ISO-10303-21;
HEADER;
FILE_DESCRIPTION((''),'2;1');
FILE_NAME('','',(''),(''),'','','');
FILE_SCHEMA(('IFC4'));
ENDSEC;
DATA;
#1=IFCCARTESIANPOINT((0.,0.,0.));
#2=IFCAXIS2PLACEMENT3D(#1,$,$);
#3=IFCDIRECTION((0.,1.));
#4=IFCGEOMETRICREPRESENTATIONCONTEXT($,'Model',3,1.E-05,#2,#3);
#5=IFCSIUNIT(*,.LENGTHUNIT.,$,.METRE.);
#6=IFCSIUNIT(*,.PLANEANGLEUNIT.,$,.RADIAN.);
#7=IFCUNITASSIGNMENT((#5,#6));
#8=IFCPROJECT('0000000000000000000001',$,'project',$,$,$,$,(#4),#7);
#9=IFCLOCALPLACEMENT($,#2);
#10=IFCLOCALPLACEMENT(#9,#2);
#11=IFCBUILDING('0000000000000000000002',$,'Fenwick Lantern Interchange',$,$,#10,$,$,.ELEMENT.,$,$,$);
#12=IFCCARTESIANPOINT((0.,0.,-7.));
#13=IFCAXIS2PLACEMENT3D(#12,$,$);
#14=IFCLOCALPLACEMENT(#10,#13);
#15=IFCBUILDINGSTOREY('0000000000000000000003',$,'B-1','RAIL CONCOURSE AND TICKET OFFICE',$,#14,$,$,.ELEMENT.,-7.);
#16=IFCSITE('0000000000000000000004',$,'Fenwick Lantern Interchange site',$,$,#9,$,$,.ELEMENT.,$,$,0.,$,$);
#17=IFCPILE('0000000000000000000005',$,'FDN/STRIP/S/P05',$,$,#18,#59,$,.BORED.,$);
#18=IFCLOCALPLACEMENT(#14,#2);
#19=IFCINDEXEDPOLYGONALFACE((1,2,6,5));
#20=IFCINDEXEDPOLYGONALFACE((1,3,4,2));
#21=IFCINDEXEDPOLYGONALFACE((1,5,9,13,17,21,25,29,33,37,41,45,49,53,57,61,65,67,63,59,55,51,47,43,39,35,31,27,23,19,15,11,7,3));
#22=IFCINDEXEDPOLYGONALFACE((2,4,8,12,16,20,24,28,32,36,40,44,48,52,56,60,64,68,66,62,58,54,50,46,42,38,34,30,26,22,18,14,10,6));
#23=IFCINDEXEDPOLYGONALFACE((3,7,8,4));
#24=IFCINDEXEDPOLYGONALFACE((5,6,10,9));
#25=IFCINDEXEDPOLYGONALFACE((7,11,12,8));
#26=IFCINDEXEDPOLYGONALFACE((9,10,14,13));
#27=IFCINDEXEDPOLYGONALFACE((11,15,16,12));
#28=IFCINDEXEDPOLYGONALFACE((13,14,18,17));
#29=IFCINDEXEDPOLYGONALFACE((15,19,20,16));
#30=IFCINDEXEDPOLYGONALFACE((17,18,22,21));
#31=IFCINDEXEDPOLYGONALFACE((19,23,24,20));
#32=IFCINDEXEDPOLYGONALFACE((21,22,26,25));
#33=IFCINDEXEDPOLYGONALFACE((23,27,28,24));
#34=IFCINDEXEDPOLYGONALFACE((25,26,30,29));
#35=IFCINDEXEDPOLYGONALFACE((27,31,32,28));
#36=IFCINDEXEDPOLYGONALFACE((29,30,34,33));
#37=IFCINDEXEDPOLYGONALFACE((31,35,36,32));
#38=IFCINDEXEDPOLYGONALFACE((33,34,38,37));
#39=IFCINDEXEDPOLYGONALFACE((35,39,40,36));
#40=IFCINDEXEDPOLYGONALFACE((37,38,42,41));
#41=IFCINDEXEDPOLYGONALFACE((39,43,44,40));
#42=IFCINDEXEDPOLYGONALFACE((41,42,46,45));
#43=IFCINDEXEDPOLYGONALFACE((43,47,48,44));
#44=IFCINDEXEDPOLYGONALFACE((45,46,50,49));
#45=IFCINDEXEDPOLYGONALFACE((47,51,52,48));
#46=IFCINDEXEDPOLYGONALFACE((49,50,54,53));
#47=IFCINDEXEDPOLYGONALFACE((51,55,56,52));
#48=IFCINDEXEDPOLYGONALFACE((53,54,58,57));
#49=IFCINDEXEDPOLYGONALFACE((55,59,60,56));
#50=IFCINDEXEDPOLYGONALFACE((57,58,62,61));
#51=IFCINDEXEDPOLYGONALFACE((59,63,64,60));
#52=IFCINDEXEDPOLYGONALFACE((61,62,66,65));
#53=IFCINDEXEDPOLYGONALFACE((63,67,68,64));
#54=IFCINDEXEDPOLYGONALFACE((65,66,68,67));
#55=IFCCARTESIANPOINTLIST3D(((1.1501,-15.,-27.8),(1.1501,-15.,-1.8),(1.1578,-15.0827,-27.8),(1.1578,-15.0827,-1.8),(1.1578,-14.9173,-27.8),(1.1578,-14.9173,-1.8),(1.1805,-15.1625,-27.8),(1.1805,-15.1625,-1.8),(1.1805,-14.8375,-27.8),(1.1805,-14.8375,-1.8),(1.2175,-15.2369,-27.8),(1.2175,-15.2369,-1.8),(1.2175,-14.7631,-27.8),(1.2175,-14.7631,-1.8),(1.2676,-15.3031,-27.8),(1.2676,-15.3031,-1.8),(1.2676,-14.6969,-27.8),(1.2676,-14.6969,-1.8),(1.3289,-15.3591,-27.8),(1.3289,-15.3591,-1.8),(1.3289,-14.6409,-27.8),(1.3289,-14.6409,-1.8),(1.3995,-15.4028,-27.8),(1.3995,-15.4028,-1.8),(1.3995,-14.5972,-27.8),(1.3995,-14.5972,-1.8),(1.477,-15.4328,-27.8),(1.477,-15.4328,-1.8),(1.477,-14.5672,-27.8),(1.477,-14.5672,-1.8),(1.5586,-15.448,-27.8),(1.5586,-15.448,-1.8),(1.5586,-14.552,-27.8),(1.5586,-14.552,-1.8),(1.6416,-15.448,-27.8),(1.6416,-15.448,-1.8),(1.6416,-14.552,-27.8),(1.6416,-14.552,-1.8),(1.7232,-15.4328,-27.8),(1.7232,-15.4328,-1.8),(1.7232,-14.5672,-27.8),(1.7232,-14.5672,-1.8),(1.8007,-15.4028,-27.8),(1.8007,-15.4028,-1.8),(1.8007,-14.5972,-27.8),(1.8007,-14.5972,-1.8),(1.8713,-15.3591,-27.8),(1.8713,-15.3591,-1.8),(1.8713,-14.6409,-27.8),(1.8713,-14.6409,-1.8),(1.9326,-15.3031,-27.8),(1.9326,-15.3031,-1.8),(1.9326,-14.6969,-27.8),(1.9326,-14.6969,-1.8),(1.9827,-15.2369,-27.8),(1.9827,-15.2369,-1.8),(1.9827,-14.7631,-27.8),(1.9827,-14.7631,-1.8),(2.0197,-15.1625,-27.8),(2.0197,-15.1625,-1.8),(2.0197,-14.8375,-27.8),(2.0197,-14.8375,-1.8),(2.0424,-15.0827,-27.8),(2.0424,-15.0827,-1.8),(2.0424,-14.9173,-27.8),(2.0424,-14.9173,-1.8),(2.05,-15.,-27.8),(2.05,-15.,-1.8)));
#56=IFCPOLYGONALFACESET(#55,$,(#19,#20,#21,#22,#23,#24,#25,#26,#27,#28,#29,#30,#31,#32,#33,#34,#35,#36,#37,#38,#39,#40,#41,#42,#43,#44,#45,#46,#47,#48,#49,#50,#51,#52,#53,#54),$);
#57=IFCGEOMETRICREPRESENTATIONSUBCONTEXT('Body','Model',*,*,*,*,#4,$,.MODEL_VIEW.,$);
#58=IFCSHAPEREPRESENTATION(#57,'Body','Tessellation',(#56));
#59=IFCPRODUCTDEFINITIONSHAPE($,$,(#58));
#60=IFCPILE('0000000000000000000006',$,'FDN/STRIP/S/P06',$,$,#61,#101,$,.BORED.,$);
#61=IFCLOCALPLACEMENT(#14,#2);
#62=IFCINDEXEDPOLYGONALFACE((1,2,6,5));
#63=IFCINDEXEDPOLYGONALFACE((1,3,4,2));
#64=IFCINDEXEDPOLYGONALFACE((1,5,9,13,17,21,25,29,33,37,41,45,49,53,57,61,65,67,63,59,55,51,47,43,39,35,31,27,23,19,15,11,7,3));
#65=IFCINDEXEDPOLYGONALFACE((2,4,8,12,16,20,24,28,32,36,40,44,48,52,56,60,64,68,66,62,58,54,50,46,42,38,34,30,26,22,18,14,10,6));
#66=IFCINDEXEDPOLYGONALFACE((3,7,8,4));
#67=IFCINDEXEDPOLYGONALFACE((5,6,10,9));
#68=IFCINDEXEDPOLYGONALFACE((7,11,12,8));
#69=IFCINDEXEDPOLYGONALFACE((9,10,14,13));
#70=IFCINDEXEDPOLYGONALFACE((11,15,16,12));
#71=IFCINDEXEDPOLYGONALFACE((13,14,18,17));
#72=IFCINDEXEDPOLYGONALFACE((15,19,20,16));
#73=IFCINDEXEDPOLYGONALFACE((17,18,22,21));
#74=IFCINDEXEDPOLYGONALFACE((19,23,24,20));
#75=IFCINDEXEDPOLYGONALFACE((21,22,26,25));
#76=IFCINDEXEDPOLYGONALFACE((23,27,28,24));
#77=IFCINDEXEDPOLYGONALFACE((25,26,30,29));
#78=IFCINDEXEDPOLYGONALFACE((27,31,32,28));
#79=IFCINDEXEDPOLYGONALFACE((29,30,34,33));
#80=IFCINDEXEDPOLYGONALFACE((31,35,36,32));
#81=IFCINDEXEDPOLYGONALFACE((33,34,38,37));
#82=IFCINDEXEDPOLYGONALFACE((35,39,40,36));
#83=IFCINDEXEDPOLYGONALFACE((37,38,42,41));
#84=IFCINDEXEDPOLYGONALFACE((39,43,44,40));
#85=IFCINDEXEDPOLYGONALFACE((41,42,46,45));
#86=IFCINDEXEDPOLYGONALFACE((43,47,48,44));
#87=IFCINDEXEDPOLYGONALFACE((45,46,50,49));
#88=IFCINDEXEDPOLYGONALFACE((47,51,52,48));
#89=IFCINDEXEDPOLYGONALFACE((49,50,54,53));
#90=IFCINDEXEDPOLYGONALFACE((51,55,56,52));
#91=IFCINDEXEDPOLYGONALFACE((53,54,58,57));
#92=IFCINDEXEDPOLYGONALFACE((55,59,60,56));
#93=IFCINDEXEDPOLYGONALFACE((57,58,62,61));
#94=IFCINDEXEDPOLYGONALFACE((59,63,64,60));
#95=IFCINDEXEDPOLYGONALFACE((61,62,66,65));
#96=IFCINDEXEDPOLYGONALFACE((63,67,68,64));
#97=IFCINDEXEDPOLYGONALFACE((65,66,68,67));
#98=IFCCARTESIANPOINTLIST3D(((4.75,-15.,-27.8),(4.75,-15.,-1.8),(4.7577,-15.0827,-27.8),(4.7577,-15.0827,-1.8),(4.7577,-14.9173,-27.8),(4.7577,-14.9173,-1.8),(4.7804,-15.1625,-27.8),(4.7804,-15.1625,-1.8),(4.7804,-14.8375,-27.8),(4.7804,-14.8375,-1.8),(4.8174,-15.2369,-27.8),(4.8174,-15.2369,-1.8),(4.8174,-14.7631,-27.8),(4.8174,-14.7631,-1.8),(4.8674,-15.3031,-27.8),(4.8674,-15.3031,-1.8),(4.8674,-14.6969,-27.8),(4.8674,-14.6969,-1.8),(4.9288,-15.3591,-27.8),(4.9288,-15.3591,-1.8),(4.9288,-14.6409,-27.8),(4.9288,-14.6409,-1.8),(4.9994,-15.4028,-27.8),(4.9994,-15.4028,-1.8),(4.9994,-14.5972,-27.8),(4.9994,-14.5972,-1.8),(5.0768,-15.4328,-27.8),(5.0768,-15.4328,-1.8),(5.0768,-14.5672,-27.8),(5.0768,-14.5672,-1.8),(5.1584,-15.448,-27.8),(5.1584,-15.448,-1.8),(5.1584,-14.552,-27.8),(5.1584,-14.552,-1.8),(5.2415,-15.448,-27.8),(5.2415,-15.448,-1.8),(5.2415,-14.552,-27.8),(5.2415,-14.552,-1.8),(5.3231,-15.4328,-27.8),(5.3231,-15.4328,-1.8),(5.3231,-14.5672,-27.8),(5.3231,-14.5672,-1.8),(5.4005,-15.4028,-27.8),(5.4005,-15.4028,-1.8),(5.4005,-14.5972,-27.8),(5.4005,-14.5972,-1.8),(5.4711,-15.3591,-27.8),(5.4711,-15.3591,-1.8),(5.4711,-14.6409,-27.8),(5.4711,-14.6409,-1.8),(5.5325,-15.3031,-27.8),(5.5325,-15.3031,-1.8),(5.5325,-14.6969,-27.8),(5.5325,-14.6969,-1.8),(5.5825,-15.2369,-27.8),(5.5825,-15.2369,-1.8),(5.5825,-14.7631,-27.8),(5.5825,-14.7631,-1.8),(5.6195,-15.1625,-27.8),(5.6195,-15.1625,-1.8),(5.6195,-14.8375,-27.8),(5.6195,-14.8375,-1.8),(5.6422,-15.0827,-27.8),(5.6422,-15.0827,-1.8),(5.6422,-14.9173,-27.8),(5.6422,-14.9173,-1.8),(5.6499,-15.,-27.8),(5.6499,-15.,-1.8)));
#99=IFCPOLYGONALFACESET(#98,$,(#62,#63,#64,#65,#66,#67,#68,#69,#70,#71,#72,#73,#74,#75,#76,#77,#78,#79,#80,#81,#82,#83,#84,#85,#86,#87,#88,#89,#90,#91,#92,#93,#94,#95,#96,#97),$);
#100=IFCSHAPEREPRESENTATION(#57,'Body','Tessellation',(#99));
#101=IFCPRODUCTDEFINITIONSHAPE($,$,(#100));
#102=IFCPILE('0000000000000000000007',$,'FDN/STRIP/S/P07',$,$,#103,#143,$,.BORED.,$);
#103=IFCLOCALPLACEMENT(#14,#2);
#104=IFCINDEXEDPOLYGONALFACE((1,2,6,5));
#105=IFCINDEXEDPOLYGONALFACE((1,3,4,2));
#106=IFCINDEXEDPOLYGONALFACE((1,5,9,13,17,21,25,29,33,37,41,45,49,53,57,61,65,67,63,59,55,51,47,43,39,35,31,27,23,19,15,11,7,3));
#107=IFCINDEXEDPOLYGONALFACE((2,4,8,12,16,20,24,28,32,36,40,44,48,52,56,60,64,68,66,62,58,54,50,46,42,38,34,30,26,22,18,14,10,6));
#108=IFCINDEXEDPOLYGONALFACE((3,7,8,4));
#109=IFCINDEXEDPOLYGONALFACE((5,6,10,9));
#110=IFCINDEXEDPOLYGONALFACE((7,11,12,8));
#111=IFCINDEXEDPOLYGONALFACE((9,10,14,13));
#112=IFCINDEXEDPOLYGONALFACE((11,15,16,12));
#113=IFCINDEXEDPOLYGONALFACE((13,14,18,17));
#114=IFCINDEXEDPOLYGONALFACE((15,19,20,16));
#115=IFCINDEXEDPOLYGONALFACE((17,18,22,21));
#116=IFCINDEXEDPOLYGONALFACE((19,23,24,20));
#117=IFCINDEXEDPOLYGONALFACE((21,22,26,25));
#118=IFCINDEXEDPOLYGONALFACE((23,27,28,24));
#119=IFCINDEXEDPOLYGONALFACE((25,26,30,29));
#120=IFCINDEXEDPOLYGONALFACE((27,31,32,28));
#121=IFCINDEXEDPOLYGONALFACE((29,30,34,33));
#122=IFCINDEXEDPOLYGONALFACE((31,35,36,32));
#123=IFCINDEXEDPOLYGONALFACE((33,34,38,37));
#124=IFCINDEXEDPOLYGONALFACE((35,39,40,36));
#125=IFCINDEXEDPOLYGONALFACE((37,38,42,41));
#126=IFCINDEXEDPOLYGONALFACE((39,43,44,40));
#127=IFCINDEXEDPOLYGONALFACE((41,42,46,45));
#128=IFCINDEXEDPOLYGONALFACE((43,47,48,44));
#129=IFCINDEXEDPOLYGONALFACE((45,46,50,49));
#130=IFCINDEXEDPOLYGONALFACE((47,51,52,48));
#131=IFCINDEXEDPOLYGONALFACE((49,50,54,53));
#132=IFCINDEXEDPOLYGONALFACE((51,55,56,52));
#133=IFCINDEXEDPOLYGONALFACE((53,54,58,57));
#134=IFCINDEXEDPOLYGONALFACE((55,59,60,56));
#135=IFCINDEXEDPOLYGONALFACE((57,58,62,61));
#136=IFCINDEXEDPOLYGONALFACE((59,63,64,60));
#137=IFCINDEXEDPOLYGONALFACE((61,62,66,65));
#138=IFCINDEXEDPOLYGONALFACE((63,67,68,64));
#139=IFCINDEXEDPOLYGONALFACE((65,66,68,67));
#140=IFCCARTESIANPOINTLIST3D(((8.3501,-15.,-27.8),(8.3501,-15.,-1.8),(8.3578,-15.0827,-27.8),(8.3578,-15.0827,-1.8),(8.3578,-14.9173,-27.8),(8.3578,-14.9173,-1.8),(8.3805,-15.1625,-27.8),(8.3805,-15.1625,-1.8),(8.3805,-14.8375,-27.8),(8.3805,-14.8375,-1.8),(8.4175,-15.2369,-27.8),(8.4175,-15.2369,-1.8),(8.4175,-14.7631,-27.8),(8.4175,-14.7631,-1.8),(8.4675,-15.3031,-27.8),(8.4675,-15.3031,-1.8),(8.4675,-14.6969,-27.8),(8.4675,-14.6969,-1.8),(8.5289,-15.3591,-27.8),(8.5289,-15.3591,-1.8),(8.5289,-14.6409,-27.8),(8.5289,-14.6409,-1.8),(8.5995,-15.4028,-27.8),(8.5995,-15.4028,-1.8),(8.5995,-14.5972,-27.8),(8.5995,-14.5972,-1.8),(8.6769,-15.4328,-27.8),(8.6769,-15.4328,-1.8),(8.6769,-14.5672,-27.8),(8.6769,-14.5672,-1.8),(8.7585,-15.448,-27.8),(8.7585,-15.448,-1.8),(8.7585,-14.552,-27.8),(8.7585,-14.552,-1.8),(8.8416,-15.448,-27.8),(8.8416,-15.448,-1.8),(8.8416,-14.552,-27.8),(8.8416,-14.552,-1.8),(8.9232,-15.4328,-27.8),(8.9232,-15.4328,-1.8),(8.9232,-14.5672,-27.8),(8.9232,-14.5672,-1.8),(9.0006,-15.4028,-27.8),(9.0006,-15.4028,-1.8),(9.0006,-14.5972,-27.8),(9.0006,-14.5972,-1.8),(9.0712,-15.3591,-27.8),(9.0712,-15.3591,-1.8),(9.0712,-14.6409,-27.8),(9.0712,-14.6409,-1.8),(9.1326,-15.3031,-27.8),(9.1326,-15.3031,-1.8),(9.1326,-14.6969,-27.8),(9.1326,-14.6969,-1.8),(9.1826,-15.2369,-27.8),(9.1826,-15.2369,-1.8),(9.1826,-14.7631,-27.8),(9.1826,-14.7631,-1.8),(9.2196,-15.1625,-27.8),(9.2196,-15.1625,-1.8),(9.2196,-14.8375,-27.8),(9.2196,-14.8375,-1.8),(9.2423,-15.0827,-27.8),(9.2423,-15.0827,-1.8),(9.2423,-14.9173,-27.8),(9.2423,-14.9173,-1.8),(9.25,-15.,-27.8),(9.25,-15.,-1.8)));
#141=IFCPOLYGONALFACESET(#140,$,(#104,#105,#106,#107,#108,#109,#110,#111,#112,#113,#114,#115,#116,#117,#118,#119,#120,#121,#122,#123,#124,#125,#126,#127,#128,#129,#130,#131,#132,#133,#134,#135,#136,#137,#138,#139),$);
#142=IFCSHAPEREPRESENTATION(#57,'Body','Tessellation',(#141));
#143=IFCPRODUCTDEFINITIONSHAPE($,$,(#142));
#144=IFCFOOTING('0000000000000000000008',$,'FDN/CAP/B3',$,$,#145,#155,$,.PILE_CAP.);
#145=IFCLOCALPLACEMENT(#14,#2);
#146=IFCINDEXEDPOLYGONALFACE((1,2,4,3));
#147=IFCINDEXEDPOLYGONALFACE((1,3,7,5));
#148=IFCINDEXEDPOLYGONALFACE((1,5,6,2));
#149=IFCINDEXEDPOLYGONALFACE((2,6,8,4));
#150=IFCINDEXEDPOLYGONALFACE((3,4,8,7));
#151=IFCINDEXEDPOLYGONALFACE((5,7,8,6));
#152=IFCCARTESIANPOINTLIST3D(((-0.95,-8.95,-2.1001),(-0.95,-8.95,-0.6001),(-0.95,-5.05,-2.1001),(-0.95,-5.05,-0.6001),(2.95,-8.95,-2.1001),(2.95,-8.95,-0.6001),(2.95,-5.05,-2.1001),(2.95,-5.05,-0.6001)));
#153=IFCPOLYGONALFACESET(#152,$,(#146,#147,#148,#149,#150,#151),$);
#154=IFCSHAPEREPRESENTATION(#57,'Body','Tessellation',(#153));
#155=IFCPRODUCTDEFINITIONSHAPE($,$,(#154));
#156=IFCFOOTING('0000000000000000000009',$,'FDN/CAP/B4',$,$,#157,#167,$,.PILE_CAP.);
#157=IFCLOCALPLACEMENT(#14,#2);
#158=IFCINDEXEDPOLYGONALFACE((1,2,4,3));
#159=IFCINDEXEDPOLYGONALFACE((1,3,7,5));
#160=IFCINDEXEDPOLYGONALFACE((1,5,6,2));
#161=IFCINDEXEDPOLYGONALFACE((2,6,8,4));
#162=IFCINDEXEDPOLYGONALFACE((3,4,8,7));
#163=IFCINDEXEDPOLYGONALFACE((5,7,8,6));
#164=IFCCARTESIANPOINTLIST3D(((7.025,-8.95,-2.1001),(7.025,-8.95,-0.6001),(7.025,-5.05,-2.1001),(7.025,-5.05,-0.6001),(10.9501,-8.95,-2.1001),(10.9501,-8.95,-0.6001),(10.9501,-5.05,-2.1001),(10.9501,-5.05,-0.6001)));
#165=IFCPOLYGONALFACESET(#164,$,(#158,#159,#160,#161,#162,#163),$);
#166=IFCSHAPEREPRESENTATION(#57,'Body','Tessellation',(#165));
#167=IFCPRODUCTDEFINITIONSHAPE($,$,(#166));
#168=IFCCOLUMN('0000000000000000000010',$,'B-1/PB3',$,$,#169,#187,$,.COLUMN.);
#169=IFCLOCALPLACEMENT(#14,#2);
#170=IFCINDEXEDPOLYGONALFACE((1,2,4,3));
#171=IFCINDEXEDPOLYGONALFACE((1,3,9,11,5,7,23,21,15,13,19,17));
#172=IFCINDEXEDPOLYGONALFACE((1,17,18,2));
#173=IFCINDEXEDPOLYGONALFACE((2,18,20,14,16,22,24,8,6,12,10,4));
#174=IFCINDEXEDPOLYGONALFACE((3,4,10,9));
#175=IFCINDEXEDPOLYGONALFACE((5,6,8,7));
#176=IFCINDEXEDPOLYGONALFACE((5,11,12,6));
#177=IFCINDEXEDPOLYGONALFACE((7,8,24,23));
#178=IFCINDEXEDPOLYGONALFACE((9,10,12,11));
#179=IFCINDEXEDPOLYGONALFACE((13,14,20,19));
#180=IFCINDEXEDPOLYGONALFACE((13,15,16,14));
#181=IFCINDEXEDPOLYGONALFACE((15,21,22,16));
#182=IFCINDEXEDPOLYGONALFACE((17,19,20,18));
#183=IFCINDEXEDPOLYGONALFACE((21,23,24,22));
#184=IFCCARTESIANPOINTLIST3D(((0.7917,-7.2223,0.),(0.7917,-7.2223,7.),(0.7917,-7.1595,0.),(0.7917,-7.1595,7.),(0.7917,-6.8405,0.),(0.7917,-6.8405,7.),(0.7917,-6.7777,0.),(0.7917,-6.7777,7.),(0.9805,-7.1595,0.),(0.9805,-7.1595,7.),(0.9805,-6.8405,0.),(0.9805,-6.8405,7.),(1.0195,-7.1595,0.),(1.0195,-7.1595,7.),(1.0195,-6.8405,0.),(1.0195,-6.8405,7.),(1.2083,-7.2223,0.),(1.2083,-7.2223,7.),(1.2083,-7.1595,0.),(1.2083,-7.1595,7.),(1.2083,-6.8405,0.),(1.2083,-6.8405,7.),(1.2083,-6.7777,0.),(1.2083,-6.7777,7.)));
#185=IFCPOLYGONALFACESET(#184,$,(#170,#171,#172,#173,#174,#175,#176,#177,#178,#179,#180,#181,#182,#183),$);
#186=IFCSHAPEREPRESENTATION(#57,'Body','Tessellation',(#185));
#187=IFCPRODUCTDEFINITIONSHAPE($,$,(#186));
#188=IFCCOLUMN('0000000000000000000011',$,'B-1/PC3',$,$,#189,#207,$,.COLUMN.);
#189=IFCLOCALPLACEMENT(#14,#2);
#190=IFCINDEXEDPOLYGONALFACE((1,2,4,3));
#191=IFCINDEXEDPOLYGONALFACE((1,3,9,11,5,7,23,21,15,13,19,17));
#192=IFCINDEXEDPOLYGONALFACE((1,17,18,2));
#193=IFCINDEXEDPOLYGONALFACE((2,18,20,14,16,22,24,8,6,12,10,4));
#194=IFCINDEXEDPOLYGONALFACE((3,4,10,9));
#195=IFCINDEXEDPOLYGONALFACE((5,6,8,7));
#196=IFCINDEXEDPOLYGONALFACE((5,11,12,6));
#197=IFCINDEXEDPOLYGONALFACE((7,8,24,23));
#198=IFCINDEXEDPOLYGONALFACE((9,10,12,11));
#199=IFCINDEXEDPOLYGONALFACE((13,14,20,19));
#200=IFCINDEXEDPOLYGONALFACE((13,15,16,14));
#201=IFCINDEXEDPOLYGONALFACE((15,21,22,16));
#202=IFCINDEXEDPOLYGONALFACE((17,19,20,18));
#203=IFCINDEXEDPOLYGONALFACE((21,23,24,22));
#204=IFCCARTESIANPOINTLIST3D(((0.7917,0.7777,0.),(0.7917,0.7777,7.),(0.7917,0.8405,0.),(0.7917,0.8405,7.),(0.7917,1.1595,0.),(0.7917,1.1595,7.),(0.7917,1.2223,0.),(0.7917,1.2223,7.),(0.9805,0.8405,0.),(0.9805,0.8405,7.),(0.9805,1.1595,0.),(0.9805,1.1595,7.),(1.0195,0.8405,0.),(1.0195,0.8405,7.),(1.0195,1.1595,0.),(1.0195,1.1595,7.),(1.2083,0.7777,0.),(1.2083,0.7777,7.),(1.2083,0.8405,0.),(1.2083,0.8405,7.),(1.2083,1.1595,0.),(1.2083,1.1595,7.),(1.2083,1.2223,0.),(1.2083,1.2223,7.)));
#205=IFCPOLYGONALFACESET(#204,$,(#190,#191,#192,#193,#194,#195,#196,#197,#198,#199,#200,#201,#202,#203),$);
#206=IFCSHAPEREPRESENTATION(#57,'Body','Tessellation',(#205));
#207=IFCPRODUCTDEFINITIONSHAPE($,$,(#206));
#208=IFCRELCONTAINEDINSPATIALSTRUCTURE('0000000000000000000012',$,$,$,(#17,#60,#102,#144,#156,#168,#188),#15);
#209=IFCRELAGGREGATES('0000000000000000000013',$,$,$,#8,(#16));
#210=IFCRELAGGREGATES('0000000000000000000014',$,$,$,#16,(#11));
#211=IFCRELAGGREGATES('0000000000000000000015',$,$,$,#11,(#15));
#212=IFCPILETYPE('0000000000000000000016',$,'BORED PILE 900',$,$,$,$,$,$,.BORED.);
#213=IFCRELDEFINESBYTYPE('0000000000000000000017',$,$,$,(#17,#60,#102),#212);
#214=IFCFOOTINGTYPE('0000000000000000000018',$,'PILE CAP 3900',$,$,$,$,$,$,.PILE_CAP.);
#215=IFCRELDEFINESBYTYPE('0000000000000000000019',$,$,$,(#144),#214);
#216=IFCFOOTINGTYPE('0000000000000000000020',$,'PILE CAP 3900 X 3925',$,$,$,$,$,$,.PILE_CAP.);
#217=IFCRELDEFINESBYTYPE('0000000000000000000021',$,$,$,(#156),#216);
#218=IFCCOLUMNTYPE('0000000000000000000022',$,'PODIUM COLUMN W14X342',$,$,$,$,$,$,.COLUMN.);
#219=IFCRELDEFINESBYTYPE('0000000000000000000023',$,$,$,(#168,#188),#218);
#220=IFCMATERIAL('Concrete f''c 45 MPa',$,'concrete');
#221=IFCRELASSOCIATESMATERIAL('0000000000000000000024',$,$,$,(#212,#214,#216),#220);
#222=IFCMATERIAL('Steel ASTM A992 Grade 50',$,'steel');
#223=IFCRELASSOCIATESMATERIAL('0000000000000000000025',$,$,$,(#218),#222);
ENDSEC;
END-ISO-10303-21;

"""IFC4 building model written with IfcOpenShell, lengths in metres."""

from ifc_helpers import new_model, si_unit, direction, frame, origin, origin_2d, place, context, subcontext, project, spatial, rectangle, circle, i_section, extrude, material, material_profile, profile_set, type_object, element, save


model = new_model("IFC4")

# Units and contexts
model_context = context("Model", 3, precision=1e-05, world=origin(), true_north=direction((0.0, 1.0)))
body_context = subcontext(model_context, "Body", "Model", "MODEL_VIEW")
ifc_project = project(units=[si_unit("LENGTHUNIT", "METRE"), si_unit("PLANEANGLEUNIT", "RADIAN")], contexts=[model_context])

# Site, building, storey
site_placement = place(None, origin())
site = spatial("IfcSite", under=ifc_project, at=site_placement, Name="Fenwick Lantern Interchange site", CompositionType="ELEMENT", RefElevation=0.0)
building_placement = place(site_placement, origin())
building = spatial("IfcBuilding", under=site, at=building_placement, Name="Fenwick Lantern Interchange", CompositionType="ELEMENT")
storey_placement = place(building_placement, frame((0.0, 0.0, -7.0)))
storey = spatial("IfcBuildingStorey", under=building, at=storey_placement, Name="B-1", Description="RAIL CONCOURSE AND TICKET OFFICE", CompositionType="ELEMENT", Elevation=-7.0)

# Piles
ifc_material_1 = material(Name="Concrete f'c 45 MPa", Category="concrete")
pile_type_1 = type_object("IfcPileType", Name="BORED PILE 900", PredefinedType="BORED", material=ifc_material_1)
for number, where, z_axis, x_axis, name in (
    (1, (1.6001, -15.0, -1.8), (0.0, 0.0, -1.0), (1.0, 0.0, 0.0), "FDN/STRIP/S/P05"),
    (2, (5.2, -15.0, -1.8), (0.0, 0.0, -1.0), (1.0, 0.0, 0.0), "FDN/STRIP/S/P06"),
    (3, (8.8, -15.0, -1.8), (0.0, 0.0, -1.0), (1.0, 0.0, 0.0), "FDN/STRIP/S/P07"),
):
    element("IfcPile", number, at=place(storey_placement, frame(where, z_axis=z_axis, x_axis=x_axis)), inside=storey, type_object=pile_type_1, Name=name, PredefinedType="BORED", context=body_context, shape_type="SweptSolid", body=[
        extrude(circle(Radius=0.45, at=origin_2d()), origin(), (0.0, 0.0, 1.0), 26.0),
    ])

# Footings
footing_type_1 = type_object("IfcFootingType", Name="PILE CAP 3900", PredefinedType="PILE_CAP", material=ifc_material_1)
footing_1_placement = place(storey_placement, frame((1.0, -7.0, -2.1001), z_axis=(0.0, 0.0, 1.0), x_axis=(1.0, 0.0, 0.0)))
element("IfcFooting", 4, at=footing_1_placement, inside=storey, type_object=footing_type_1, Name="FDN/CAP/B3", PredefinedType="PILE_CAP", context=body_context, shape_type="SweptSolid", body=[
    extrude(rectangle(XDim=3.8999, YDim=3.8999, at=origin_2d()), origin(), (0.0, 0.0, 1.0), 1.5),
])
footing_type_2 = type_object("IfcFootingType", Name="PILE CAP 3900 X 3925", PredefinedType="PILE_CAP", material=ifc_material_1)
footing_2_placement = place(storey_placement, frame((8.9875, -7.0, -2.1001), z_axis=(0.0, 0.0, 1.0), x_axis=(1.0, 0.0, 0.0)))
element("IfcFooting", 5, at=footing_2_placement, inside=storey, type_object=footing_type_2, Name="FDN/CAP/B4", PredefinedType="PILE_CAP", context=body_context, shape_type="SweptSolid", body=[
    extrude(rectangle(XDim=3.925, YDim=3.8999, at=origin_2d()), origin(), (0.0, 0.0, 1.0), 1.5),
])

# Columns
ifc_material_2 = material(Name="Steel ASTM A992 Grade 50", Category="steel")
ifc_material_profile = material_profile(ifc_material_2, i_section(OverallWidth=0.4165, OverallDepth=0.4446, WebThickness=0.0391, FlangeThickness=0.0627, at=origin_2d()), Name="W14X342")
ifc_profile_set = profile_set([ifc_material_profile], Name="Steel ASTM A992 Grade 50")
column_type = type_object("IfcColumnType", Name="PODIUM COLUMN W14X342", PredefinedType="COLUMN", material=ifc_profile_set)
for number, where, z_axis, x_axis, name in (
    (6, (1.0, -7.0, 0.0), (0.0, 0.0, 1.0), (1.0, 0.0, 0.0), "B-1/PB3"),
    (7, (1.0, 1.0, 0.0), (0.0, 0.0, 1.0), (1.0, 0.0, 0.0), "B-1/PC3"),
):
    element("IfcColumn", number, at=place(storey_placement, frame(where, z_axis=z_axis, x_axis=x_axis)), inside=storey, type_object=column_type, Name=name, PredefinedType="COLUMN", context=body_context, shape_type="SweptSolid", body=[
        extrude(i_section(OverallWidth=0.4165, OverallDepth=0.4446, WebThickness=0.0391, FlangeThickness=0.0627, at=origin_2d()), origin(), (0.0, 0.0, 1.0), 7.0),
    ])

save(model, "model.ifc")
